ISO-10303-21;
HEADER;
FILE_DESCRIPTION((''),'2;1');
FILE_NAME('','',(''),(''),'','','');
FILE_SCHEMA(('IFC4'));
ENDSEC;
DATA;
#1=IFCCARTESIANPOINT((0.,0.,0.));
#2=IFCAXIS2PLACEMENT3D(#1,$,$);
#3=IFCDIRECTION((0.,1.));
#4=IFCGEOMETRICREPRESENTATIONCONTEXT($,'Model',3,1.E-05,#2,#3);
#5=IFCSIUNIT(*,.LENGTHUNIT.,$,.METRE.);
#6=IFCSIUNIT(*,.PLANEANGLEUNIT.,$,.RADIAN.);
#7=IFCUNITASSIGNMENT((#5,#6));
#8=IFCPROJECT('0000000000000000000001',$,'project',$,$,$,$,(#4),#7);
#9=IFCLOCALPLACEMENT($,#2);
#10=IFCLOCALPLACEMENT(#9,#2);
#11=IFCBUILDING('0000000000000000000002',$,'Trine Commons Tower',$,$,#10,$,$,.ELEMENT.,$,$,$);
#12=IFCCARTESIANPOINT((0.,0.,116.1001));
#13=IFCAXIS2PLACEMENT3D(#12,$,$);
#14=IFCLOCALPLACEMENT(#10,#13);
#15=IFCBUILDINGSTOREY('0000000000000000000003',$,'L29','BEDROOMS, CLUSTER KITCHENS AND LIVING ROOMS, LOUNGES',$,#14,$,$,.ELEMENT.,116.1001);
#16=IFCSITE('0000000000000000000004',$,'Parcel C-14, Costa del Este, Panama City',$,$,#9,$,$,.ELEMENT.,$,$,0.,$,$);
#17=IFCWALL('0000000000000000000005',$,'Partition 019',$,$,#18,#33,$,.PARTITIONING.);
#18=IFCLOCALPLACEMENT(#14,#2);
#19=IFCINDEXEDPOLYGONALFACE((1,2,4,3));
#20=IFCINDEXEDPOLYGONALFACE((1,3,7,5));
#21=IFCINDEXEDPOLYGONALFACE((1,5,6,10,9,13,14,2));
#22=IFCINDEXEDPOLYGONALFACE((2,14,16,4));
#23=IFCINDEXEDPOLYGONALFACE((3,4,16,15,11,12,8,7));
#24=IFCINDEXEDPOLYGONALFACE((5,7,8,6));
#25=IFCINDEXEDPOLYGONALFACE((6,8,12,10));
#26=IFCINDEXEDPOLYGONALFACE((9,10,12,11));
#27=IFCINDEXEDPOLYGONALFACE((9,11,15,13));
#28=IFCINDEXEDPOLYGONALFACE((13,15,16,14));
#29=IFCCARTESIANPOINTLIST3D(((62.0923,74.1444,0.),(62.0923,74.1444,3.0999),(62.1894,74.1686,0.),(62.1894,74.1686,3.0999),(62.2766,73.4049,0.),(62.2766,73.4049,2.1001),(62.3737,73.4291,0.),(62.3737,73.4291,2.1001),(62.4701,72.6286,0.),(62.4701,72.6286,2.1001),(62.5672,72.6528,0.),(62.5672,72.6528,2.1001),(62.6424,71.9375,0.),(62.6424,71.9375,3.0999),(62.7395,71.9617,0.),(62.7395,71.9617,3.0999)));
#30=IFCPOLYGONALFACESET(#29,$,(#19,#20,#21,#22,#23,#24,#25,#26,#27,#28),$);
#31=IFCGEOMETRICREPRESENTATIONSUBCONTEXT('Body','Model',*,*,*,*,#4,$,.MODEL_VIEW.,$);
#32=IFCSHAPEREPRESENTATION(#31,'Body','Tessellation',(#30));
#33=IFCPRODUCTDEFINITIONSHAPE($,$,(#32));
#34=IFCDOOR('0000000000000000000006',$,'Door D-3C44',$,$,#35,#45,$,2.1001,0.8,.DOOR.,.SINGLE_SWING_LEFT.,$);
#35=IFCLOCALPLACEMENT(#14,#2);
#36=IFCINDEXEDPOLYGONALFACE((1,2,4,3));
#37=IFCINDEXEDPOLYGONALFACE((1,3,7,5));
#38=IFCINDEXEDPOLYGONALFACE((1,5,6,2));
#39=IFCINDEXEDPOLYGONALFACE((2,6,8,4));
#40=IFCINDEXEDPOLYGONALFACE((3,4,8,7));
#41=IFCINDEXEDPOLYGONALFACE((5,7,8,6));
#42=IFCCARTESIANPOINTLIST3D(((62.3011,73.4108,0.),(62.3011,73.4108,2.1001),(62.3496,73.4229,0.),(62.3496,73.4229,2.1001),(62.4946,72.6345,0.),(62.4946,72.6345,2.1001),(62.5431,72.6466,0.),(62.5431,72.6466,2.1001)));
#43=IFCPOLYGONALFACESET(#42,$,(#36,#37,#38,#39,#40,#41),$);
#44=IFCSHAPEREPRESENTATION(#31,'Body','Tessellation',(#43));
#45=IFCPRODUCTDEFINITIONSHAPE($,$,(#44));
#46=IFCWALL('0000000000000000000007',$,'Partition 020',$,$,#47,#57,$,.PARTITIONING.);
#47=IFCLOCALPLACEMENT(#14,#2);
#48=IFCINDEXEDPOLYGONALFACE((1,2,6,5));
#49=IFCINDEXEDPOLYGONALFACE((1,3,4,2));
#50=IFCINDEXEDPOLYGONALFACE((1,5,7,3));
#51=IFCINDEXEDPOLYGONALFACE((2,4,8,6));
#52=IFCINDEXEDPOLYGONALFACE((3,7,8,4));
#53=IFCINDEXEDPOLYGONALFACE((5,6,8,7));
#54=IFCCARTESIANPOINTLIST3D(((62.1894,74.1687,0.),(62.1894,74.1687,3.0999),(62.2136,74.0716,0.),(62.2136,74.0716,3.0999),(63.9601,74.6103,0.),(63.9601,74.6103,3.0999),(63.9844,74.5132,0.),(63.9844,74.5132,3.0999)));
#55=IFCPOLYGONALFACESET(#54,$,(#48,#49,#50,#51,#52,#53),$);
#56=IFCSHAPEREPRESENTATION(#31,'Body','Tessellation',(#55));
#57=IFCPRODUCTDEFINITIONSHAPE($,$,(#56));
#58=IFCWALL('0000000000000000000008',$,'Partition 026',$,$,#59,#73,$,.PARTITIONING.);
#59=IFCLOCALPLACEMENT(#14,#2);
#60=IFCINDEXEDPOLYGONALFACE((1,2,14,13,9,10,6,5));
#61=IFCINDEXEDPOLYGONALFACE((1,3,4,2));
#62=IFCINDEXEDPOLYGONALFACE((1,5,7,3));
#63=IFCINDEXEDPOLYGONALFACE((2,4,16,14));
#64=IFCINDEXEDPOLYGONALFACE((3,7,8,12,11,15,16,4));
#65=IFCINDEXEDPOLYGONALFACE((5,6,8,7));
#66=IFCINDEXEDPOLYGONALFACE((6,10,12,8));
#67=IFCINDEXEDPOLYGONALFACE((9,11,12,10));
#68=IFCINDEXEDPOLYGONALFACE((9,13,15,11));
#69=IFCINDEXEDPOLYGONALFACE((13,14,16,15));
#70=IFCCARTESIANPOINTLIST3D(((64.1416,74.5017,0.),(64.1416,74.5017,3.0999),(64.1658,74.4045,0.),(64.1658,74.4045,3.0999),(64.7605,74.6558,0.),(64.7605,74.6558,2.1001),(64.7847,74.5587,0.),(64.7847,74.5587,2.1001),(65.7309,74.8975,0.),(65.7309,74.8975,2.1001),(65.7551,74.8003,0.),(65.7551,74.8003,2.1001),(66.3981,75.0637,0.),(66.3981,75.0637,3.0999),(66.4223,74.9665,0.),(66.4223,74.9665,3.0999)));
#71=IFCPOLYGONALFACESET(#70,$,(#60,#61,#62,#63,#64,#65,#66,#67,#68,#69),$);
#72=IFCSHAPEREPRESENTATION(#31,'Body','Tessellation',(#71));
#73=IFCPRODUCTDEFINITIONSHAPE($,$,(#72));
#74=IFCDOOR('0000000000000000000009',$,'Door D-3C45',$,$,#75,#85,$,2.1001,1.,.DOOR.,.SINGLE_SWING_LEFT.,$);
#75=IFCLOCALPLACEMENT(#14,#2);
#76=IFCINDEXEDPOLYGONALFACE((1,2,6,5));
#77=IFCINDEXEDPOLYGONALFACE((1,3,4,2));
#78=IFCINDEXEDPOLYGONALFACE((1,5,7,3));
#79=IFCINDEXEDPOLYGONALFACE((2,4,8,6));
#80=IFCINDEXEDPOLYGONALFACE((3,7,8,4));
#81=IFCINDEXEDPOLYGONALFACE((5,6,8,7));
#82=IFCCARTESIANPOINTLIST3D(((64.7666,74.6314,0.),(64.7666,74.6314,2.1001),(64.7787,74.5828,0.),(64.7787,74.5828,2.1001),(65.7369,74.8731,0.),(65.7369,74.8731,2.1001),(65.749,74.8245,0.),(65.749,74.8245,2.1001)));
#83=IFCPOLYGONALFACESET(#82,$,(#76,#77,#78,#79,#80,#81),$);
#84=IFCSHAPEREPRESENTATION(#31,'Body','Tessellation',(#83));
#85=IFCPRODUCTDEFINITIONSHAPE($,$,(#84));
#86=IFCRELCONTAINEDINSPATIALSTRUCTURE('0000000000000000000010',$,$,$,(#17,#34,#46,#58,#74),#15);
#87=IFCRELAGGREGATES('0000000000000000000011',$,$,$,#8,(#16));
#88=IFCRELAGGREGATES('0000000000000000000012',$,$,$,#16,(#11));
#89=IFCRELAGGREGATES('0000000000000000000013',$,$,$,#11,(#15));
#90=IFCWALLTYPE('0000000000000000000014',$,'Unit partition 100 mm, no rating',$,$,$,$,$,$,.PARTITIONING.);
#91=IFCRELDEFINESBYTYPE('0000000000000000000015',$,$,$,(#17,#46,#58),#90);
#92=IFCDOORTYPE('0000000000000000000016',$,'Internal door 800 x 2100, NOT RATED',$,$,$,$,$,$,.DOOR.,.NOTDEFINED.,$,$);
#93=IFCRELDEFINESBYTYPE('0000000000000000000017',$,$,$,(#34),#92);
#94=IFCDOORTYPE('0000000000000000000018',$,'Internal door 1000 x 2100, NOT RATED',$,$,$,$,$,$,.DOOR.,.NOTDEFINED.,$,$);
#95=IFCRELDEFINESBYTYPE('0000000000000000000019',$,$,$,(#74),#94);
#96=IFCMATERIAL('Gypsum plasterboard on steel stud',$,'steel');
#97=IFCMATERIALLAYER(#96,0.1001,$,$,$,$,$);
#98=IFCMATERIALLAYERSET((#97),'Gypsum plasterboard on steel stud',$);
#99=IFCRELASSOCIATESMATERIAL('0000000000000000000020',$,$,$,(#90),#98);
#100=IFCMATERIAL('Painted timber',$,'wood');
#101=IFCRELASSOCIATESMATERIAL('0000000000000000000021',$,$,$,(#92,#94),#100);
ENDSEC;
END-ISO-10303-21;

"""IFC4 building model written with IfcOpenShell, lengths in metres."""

from ifc_helpers import new_model, si_unit, direction, frame, frame_2d, origin, place, context, subcontext, project, spatial, rectangle, extrude, material, layer, layer_set, type_object, element, fill, save


model = new_model("IFC4")

# Units and contexts
model_context = context("Model", 3, precision=1e-05, world=origin(), true_north=direction((0.0, 1.0)))
body_context = subcontext(model_context, "Body", "Model", "MODEL_VIEW")
ifc_project = project(units=[si_unit("LENGTHUNIT", "METRE"), si_unit("PLANEANGLEUNIT", "RADIAN")], contexts=[model_context])

# Site, building, storey
site_placement = place(None, origin())
site = spatial("IfcSite", under=ifc_project, at=site_placement, Name="Parcel C-14, Costa del Este, Panama City", CompositionType="ELEMENT", RefElevation=0.0)
building_placement = place(site_placement, origin())
building = spatial("IfcBuilding", under=site, at=building_placement, Name="Trine Commons Tower", CompositionType="ELEMENT")
storey_placement = place(building_placement, frame((0.0, 0.0, 116.1001)))
storey = spatial("IfcBuildingStorey", under=building, at=storey_placement, Name="L29", Description="BEDROOMS, CLUSTER KITCHENS AND LIVING ROOMS, LOUNGES", CompositionType="ELEMENT", Elevation=116.1001)

# Shared definitions
ifc_material_1 = material(Name="Gypsum plasterboard on steel stud", Category="steel")

# Shared definitions
ifc_layer_1 = layer(ifc_material_1, 0.1001)
ifc_layer_set_1 = layer_set([ifc_layer_1], Name="Gypsum plasterboard on steel stud")
wall_type_1 = type_object("IfcWallType", Name="Unit partition 100 mm, no rating", PredefinedType="PARTITIONING", material=ifc_layer_set_1)

# Wall, opening, door
ifc_material_2 = material(Name="Painted timber", Category="wood")
door_type_1 = type_object("IfcDoorType", Name="Internal door 800 x 2100, NOT RATED", OperationType="NOTDEFINED", PredefinedType="DOOR", material=ifc_material_2)
wall_1_placement = place(storey_placement, frame((62.1409, 74.1565, 0.0), z_axis=(0.0, 0.0, 1.0), x_axis=(0.241854, -0.970313, 0.0)))
wall_1 = element("IfcWall", 1, at=wall_1_placement, inside=storey, type_object=wall_type_1, Name="Partition 019", PredefinedType="PARTITIONING", context=body_context, shape_type="SweptSolid", body=[
    extrude(rectangle(XDim=2.2744, YDim=0.1001, at=frame_2d((1.1372, 0.0))), origin(), (0.0, 0.0, 1.0), 3.0999),
])
opening_1_placement = place(wall_1_placement, frame((0.7622, 0.0, 0.0)))
opening_1 = element("IfcOpeningElement", 2, at=opening_1_placement, cuts=wall_1, PredefinedType="OPENING", context=body_context, shape_type="SweptSolid", body=[
    extrude(rectangle(XDim=0.8, YDim=2.1001, at=frame_2d((0.3999, 1.05))), frame((0.0, 0.0601, 0.0), z_axis=(0.0, -1.0, 0.0), x_axis=(1.0, 0.0, 0.0)), (0.0, 0.0, 1.0), 0.1201),
])
door_1_placement = place(opening_1_placement, frame((0.8, 0.0, 0.0), z_axis=(0.0, 0.0, 1.0), x_axis=(-1.0, 0.0, 0.0)))
door_1 = element("IfcDoor", 3, at=door_1_placement, inside=storey, type_object=door_type_1, Name="Door D-3C44", OperationType="SINGLE_SWING_LEFT", OverallHeight=2.1001, OverallWidth=0.8, PredefinedType="DOOR", context=body_context, shape_type="SweptSolid", body=[
    extrude(rectangle(XDim=0.8, YDim=2.1001, at=frame_2d((0.3999, 1.05))), frame((0.0, 0.0249, 0.0), z_axis=(0.0, -1.0, 0.0), x_axis=(1.0, 0.0, 0.0)), (0.0, 0.0, 1.0), 0.05),
])
fill(opening_1, door_1)

# Wall
wall_2_placement = place(storey_placement, frame((62.2014, 74.1201, 0.0), z_axis=(0.0, 0.0, 1.0), x_axis=(0.970276, 0.242, 0.0)))
element("IfcWall", 4, at=wall_2_placement, inside=storey, type_object=wall_type_1, Name="Partition 020", PredefinedType="PARTITIONING", context=body_context, shape_type="SweptSolid", body=[
    extrude(rectangle(XDim=1.825, YDim=0.1001, at=frame_2d((0.9126, 0.0))), origin(), (0.0, 0.0, 1.0), 3.0999),
])

# Wall, opening, door
wall_3_placement = place(storey_placement, frame((64.1538, 74.4531, 0.0), z_axis=(0.0, 0.0, 1.0), x_axis=(0.970358, 0.241671, 0.0)))
wall_3 = element("IfcWall", 5, at=wall_3_placement, inside=storey, type_object=wall_type_1, Name="Partition 026", PredefinedType="PARTITIONING", context=body_context, shape_type="SweptSolid", body=[
    extrude(rectangle(XDim=2.3254, YDim=0.1001, at=frame_2d((1.1626, 0.0))), origin(), (0.0, 0.0, 1.0), 3.0999),
])
opening_2_placement = place(wall_3_placement, frame((0.6377, 0.0, 0.0)))
opening_2 = element("IfcOpeningElement", 6, at=opening_2_placement, cuts=wall_3, PredefinedType="OPENING", context=body_context, shape_type="SweptSolid", body=[
    extrude(rectangle(XDim=1.0, YDim=2.1001, at=frame_2d((0.5, 1.05))), frame((0.0, 0.0601, 0.0), z_axis=(0.0, -1.0, 0.0), x_axis=(1.0, 0.0, 0.0)), (0.0, 0.0, 1.0), 0.1201),
])
door_type_2 = type_object("IfcDoorType", Name="Internal door 1000 x 2100, NOT RATED", OperationType="NOTDEFINED", PredefinedType="DOOR", material=ifc_material_2)
door_2_placement = place(opening_2_placement, origin())
door_2 = element("IfcDoor", 7, at=door_2_placement, inside=storey, type_object=door_type_2, Name="Door D-3C45", OperationType="SINGLE_SWING_LEFT", OverallHeight=2.1001, OverallWidth=1.0, PredefinedType="DOOR", context=body_context, shape_type="SweptSolid", body=[
    extrude(rectangle(XDim=1.0, YDim=2.1001, at=frame_2d((0.5, 1.05))), frame((0.0, 0.0249, 0.0), z_axis=(0.0, -1.0, 0.0), x_axis=(1.0, 0.0, 0.0)), (0.0, 0.0, 1.0), 0.05),
])
fill(opening_2, door_2)

save(model, "model.ifc")
